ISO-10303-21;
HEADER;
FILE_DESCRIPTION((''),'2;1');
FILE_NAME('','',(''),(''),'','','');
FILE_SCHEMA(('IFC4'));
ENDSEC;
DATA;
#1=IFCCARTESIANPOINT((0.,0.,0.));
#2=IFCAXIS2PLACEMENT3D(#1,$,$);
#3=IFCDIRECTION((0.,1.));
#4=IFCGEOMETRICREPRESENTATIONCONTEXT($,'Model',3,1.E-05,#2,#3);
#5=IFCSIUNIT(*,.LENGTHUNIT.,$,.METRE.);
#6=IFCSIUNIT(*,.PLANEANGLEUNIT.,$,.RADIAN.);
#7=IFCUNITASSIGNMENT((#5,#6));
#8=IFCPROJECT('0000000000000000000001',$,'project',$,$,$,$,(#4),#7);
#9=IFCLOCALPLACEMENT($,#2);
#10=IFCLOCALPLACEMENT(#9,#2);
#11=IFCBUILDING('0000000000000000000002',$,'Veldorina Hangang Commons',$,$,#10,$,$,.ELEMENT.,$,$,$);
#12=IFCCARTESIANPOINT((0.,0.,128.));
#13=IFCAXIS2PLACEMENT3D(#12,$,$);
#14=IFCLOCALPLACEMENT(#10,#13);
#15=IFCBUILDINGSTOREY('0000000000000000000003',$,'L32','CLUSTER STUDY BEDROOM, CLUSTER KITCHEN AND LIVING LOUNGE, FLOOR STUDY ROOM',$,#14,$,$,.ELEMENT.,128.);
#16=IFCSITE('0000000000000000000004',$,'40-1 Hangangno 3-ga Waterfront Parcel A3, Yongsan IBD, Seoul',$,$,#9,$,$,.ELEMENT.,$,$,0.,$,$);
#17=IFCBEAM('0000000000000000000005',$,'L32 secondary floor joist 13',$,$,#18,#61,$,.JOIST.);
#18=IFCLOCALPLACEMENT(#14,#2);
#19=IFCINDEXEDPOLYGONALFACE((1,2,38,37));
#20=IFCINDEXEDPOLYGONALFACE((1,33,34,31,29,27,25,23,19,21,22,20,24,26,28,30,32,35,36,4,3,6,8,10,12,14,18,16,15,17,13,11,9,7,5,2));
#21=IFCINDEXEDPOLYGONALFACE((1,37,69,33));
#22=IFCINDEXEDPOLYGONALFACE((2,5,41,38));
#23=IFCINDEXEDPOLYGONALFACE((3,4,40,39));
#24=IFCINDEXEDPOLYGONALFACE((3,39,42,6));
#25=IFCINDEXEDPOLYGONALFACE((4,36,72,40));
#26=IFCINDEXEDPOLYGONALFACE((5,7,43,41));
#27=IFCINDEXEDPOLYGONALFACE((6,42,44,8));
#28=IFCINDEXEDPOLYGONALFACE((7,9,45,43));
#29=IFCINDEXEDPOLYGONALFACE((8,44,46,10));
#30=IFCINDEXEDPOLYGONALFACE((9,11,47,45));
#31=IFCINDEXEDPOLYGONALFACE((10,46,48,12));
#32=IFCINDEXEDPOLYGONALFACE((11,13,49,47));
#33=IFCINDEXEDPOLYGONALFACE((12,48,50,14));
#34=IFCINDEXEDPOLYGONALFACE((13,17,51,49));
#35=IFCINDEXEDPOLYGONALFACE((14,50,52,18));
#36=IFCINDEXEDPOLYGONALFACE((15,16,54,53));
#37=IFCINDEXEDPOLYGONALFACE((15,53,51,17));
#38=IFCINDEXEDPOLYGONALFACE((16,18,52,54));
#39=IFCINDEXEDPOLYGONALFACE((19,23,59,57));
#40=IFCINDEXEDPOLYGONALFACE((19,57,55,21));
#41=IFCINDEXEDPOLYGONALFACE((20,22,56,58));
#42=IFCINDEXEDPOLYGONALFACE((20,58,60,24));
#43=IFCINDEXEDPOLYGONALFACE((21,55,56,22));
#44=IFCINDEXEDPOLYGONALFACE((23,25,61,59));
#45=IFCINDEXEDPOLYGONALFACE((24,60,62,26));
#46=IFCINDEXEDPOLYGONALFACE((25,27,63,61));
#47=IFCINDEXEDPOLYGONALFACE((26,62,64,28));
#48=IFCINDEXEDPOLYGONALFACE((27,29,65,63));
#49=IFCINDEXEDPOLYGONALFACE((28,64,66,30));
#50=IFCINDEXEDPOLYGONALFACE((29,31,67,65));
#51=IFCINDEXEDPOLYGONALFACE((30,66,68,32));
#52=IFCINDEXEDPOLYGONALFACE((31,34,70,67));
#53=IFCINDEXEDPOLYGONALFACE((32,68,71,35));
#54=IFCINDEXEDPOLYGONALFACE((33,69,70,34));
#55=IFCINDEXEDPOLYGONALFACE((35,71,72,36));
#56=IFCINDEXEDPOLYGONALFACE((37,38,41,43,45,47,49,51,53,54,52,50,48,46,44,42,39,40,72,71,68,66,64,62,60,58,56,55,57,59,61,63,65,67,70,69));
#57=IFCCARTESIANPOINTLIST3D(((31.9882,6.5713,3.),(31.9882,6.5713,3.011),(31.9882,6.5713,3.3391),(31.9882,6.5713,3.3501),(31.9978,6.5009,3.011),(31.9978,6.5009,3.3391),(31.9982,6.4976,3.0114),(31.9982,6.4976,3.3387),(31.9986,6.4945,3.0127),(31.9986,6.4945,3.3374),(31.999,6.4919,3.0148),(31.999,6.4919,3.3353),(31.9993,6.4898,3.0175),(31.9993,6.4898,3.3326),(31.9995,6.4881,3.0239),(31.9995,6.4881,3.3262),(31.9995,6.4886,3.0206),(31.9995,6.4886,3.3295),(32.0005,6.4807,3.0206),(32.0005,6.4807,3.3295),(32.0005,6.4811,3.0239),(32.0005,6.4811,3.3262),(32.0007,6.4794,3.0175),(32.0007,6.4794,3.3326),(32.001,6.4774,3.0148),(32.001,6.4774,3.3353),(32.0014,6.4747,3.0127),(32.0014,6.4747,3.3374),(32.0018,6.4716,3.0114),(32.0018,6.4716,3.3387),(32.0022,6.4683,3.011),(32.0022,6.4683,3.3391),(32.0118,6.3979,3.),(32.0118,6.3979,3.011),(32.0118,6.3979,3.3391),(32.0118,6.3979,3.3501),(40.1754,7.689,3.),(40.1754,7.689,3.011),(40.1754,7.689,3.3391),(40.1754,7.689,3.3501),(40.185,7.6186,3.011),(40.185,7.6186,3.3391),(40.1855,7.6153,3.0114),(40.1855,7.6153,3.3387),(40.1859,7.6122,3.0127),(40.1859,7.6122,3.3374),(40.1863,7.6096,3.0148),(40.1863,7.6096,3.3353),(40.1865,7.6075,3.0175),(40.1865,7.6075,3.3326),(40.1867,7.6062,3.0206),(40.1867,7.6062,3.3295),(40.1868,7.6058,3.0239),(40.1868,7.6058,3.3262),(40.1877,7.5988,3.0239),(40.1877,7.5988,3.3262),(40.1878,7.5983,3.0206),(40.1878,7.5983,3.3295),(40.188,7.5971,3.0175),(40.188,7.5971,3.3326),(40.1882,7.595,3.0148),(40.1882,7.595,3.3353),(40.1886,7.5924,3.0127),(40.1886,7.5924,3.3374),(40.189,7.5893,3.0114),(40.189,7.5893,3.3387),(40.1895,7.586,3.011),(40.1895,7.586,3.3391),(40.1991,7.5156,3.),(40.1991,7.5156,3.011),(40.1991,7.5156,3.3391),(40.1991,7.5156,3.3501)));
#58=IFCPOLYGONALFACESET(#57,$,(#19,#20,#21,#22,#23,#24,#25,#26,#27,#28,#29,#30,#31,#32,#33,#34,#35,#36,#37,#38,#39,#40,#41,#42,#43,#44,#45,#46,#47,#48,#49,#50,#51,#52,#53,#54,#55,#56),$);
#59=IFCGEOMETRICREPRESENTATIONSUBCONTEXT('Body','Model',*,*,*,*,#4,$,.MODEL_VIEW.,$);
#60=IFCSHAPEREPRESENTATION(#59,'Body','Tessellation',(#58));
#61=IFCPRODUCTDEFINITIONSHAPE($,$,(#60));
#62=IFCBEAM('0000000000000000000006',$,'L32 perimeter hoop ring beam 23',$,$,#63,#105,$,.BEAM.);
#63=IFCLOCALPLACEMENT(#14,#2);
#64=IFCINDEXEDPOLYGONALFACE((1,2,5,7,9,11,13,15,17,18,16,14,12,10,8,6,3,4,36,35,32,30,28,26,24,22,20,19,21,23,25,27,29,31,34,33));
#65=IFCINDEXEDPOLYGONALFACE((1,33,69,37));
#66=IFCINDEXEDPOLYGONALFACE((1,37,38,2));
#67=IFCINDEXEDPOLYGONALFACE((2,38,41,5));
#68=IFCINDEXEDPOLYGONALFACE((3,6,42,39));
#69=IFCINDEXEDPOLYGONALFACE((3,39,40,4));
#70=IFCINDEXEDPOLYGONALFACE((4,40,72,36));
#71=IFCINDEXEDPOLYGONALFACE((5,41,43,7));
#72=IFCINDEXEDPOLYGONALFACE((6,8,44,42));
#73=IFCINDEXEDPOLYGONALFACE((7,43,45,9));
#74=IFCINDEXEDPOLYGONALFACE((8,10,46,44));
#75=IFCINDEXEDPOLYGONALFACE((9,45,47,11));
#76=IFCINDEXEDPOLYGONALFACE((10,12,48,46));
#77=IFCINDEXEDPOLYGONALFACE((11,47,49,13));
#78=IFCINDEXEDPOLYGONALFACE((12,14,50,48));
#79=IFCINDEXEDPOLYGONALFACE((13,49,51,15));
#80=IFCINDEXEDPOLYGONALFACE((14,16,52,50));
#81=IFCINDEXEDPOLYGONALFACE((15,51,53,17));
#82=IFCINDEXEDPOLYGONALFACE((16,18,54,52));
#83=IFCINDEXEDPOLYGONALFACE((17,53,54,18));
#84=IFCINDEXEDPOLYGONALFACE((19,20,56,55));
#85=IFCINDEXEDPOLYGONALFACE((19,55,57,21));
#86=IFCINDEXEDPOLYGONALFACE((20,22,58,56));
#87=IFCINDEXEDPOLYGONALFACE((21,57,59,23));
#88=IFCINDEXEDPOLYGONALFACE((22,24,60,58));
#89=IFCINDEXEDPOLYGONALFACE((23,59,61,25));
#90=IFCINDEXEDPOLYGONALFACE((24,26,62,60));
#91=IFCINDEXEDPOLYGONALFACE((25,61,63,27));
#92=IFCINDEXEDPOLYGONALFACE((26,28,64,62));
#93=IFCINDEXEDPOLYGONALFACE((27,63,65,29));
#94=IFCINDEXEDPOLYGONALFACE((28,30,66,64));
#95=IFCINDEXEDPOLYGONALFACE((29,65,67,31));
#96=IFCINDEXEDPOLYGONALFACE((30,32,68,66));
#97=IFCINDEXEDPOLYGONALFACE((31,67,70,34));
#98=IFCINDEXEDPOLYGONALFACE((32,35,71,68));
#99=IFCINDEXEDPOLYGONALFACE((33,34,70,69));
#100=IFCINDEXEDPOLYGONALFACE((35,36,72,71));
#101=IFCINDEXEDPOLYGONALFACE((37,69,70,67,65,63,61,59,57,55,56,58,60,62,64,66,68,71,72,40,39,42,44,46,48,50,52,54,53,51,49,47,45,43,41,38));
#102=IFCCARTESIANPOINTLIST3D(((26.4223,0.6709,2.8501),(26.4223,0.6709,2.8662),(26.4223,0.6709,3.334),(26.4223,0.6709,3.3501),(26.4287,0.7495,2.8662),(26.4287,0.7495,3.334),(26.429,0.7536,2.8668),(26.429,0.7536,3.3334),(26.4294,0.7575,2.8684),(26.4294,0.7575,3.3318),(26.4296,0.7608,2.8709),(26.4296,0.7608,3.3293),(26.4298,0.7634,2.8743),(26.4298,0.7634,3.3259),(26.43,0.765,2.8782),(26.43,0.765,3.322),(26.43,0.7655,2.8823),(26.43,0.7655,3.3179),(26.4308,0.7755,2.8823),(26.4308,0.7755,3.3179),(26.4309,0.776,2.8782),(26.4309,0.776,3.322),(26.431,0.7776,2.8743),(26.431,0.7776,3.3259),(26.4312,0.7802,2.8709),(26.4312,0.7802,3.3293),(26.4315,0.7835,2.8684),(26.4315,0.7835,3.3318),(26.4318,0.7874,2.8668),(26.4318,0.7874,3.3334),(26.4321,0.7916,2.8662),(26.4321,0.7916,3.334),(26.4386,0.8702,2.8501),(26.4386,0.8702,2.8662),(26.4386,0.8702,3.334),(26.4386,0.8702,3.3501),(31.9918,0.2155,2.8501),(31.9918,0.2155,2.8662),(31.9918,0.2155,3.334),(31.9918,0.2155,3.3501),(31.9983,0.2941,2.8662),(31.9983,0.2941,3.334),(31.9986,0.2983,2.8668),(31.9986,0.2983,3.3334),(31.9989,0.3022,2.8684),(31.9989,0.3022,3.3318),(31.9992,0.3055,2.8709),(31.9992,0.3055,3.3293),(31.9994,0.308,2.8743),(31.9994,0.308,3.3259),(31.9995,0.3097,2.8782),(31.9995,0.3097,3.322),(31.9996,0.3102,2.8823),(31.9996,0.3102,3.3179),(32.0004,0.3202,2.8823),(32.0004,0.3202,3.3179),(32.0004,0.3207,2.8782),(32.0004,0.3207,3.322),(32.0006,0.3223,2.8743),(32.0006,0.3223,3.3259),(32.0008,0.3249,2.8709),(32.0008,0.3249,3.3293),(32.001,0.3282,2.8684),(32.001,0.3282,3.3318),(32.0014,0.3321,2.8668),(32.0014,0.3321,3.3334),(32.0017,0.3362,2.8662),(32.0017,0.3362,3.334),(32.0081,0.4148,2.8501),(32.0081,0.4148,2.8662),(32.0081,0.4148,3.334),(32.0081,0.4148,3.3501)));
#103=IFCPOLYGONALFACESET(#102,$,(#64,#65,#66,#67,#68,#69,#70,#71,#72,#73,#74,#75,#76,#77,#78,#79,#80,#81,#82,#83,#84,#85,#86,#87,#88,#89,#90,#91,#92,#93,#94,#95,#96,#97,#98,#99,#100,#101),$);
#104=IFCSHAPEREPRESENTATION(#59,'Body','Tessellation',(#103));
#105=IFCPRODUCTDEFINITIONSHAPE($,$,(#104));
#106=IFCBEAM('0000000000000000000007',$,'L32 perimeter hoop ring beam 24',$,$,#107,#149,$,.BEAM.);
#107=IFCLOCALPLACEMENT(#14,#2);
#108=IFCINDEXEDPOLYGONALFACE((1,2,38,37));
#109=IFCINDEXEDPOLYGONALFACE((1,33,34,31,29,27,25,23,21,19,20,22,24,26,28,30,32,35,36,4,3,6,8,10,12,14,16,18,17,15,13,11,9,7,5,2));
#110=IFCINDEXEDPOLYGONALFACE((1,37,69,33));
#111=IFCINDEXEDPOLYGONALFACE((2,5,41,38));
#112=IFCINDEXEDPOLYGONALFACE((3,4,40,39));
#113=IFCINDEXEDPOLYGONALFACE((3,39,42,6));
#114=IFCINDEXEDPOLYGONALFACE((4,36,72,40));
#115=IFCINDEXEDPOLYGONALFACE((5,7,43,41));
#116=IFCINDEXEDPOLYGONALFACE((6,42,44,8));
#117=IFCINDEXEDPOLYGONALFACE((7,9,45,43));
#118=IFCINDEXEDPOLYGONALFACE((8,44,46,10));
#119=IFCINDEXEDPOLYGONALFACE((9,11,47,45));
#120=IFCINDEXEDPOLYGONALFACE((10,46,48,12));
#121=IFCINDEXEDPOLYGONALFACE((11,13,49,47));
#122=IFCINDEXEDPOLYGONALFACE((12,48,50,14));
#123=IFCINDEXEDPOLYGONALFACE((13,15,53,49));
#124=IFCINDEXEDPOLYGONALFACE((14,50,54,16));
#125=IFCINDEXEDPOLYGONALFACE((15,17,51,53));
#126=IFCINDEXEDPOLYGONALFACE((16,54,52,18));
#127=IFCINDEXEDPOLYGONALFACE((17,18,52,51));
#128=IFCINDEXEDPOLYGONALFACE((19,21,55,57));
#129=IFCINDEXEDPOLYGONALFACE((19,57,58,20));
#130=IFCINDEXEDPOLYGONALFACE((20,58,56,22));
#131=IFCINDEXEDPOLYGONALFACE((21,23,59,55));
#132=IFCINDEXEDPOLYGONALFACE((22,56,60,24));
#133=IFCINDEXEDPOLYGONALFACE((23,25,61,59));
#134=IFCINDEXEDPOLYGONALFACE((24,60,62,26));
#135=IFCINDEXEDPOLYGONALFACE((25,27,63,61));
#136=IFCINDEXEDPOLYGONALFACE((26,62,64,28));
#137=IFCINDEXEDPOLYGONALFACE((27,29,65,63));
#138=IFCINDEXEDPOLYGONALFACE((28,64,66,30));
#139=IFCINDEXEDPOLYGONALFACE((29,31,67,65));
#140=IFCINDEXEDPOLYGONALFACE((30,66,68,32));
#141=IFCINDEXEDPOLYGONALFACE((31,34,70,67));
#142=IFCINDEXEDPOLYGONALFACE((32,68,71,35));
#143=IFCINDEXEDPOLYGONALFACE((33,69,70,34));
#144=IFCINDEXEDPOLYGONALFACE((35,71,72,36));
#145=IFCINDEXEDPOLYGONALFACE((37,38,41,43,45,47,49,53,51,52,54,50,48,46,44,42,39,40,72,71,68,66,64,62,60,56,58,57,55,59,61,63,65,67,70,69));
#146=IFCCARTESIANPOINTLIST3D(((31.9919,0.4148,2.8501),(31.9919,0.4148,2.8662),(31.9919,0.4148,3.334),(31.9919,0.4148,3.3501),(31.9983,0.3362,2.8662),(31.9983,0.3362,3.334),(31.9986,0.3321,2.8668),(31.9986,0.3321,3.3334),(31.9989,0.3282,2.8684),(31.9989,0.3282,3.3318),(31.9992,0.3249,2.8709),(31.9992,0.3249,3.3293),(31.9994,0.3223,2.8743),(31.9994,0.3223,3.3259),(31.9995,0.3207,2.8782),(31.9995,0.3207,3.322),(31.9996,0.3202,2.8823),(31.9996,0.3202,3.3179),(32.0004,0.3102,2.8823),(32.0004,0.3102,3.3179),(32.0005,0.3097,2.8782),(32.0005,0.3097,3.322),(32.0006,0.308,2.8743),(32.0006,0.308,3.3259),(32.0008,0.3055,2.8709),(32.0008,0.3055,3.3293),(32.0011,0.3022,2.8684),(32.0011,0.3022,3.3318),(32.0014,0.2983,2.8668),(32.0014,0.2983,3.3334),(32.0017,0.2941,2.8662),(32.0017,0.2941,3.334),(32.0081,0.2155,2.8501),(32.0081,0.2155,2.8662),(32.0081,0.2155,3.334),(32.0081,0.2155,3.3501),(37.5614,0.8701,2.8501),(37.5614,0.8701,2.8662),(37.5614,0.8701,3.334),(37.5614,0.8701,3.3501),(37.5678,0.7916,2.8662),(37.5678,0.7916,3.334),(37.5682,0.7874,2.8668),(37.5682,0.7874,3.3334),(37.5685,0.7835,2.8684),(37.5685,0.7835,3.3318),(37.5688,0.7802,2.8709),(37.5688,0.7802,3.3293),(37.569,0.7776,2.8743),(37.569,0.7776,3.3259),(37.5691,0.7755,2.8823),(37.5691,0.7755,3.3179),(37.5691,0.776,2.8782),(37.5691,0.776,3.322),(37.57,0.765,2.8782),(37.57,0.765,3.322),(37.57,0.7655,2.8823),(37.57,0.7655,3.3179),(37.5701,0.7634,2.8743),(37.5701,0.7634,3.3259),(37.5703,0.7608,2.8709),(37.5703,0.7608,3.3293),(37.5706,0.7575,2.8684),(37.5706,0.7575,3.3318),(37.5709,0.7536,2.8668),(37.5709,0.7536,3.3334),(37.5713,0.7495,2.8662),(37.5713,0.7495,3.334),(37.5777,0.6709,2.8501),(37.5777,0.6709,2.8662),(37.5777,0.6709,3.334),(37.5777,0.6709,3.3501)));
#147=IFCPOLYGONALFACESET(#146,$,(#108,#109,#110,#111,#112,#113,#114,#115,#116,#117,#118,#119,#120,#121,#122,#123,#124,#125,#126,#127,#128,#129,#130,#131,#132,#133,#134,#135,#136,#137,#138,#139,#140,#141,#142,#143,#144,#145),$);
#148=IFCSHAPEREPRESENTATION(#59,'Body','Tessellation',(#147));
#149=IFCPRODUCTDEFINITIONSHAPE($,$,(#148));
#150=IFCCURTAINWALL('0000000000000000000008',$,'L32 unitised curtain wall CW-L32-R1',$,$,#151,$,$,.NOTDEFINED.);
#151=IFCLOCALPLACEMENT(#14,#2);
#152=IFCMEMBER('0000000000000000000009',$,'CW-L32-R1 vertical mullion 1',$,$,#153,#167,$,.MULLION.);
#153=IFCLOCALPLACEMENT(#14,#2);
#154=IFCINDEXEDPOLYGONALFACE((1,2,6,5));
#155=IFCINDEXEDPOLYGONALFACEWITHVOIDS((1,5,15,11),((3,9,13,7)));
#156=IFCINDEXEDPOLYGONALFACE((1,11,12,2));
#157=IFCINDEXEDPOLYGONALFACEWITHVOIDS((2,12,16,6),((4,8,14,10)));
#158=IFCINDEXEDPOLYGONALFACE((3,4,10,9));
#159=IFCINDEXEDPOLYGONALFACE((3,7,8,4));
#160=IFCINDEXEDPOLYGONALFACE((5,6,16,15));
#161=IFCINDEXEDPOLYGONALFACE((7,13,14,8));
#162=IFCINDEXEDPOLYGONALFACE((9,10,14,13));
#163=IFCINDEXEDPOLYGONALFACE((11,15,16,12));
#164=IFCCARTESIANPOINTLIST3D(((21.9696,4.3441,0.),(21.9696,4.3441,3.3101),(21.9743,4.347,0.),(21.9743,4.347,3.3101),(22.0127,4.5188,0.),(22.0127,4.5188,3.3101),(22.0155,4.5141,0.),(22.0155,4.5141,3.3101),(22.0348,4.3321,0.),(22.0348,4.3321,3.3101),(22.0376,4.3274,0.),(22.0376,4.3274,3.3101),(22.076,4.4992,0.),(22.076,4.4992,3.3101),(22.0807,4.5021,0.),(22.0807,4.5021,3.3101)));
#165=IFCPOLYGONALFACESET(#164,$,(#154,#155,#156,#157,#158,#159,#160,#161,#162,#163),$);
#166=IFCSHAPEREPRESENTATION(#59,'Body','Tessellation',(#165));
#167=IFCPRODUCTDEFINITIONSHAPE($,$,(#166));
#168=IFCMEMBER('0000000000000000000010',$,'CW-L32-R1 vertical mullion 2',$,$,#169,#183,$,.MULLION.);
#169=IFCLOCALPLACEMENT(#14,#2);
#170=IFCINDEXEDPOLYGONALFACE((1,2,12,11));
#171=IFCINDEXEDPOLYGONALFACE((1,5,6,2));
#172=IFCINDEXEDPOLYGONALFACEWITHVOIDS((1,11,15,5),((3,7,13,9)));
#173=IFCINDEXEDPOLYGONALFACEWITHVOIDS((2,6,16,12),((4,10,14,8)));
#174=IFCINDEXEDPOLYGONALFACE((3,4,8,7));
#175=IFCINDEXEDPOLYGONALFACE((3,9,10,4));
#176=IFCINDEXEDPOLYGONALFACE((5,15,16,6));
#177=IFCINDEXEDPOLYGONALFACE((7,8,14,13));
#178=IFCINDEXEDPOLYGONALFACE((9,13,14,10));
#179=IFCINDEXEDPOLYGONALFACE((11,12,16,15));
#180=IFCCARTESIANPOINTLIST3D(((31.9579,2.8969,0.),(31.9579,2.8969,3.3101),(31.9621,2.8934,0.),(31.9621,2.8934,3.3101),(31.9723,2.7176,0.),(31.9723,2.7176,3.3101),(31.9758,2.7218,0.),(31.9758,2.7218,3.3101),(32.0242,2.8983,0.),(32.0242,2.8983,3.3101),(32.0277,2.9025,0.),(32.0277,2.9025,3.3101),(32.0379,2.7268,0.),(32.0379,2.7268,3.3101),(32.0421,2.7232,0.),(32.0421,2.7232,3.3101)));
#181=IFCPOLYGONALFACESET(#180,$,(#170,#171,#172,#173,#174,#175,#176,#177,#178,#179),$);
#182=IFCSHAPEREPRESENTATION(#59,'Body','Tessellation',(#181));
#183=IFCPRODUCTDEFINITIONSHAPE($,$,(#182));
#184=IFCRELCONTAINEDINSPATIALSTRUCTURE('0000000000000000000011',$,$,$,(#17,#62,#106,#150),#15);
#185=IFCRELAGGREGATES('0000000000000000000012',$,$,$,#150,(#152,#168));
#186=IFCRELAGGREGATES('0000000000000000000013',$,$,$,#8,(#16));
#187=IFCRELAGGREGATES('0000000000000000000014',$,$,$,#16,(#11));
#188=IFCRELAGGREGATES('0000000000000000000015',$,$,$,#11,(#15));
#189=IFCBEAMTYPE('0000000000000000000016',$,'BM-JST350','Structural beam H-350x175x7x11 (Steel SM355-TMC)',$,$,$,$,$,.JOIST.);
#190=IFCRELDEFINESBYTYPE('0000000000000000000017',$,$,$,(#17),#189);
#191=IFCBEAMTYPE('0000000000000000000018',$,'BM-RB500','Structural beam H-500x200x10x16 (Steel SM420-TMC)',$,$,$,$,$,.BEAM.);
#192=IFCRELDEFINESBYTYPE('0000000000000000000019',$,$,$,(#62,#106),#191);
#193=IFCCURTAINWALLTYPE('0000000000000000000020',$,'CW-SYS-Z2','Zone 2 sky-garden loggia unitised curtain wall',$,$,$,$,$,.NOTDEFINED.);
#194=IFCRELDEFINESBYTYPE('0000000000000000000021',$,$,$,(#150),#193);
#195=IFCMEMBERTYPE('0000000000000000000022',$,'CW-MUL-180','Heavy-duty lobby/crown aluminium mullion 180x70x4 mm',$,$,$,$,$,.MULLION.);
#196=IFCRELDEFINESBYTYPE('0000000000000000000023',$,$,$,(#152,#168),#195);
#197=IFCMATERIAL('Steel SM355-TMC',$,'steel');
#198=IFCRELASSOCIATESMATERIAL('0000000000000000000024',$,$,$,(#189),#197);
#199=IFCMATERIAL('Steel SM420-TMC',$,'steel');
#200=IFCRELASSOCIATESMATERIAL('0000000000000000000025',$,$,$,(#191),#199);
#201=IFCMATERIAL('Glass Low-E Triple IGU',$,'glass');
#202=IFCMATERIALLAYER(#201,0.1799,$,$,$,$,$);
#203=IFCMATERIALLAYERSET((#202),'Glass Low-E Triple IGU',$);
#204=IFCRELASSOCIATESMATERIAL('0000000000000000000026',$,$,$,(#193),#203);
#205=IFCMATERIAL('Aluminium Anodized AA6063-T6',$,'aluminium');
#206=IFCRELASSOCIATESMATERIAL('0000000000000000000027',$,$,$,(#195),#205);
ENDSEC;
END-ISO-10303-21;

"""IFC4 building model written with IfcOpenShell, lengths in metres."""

from ifc_helpers import new_model, si_unit, direction, frame, origin, origin_2d, place, context, subcontext, project, spatial, hollow_rectangle, i_section, extrude, material, layer, layer_set, material_profile, profile_set, type_object, element, aggregate, save


model = new_model("IFC4")

# Units and contexts
model_context = context("Model", 3, precision=1e-05, world=origin(), true_north=direction((0.0, 1.0)))
body_context = subcontext(model_context, "Body", "Model", "MODEL_VIEW")
ifc_project = project(units=[si_unit("LENGTHUNIT", "METRE"), si_unit("PLANEANGLEUNIT", "RADIAN")], contexts=[model_context])

# Site, building, storey
site_placement = place(None, origin())
site = spatial("IfcSite", under=ifc_project, at=site_placement, Name="40-1 Hangangno 3-ga Waterfront Parcel A3, Yongsan IBD, Seoul", CompositionType="ELEMENT", RefElevation=0.0)
building_placement = place(site_placement, origin())
building = spatial("IfcBuilding", under=site, at=building_placement, Name="Veldorina Hangang Commons", CompositionType="ELEMENT")
storey_placement = place(building_placement, frame((0.0, 0.0, 128.0)))
storey = spatial("IfcBuildingStorey", under=building, at=storey_placement, Name="L32", Description="CLUSTER STUDY BEDROOM, CLUSTER KITCHEN AND LIVING LOUNGE, FLOOR STUDY ROOM", CompositionType="ELEMENT", Elevation=128.0)

# Beams
ifc_material_1 = material(Name="Steel SM355-TMC", Category="steel")
ifc_material_profile_1 = material_profile(ifc_material_1, i_section(OverallWidth=0.175, OverallDepth=0.3501, WebThickness=0.0071, FlangeThickness=0.011, FilletRadius=0.0129, at=origin_2d()), Name="H-350x175x7x11")
ifc_profile_set_1 = profile_set([ifc_material_profile_1], Name="Steel SM355-TMC")
beam_type_1 = type_object("IfcBeamType", Name="BM-JST350", Description="Structural beam H-350x175x7x11 (Steel SM355-TMC)", PredefinedType="JOIST", material=ifc_profile_set_1)
beam_placement = place(storey_placement, frame((32.0, 6.4846, 3.175), z_axis=(0.99081, 0.13526, 0.0), x_axis=(-0.13526, 0.99081, 0.0)))
element("IfcBeam", 1, at=beam_placement, inside=storey, type_object=beam_type_1, Name="L32 secondary floor joist 13", PredefinedType="JOIST", context=body_context, shape_type="SweptSolid", body=[
    extrude(i_section(OverallWidth=0.175, OverallDepth=0.3501, WebThickness=0.0071, FlangeThickness=0.011, FilletRadius=0.0129, at=origin_2d()), origin(), (0.0, 0.0, 1.0), 8.2632),
])
ifc_material_2 = material(Name="Steel SM420-TMC", Category="steel")
ifc_material_profile_2 = material_profile(ifc_material_2, i_section(OverallWidth=0.2, OverallDepth=0.5, WebThickness=0.01, FlangeThickness=0.0161, FilletRadius=0.0161, at=origin_2d()), Name="H-500x200x10x16")
ifc_profile_set_2 = profile_set([ifc_material_profile_2], Name="Steel SM420-TMC")
beam_type_2 = type_object("IfcBeamType", Name="BM-RB500", Description="Structural beam H-500x200x10x16 (Steel SM420-TMC)", PredefinedType="BEAM", material=ifc_profile_set_2)
for number, where, z_axis, x_axis, name in (
    (2, (26.4304, 0.7705, 3.1001), (0.996675, -0.08148, 0.0), (0.08148, 0.996675, 0.0), "L32 perimeter hoop ring beam 23"),
    (3, (32.0, 0.3152, 3.1001), (0.996675, 0.08148, 0.0), (-0.08148, 0.996675, 0.0), "L32 perimeter hoop ring beam 24"),
):
    element("IfcBeam", number, at=place(storey_placement, frame(where, z_axis=z_axis, x_axis=x_axis)), inside=storey, type_object=beam_type_2, Name=name, PredefinedType="BEAM", context=body_context, shape_type="SweptSolid", body=[
        extrude(i_section(OverallWidth=0.2, OverallDepth=0.5, WebThickness=0.01, FlangeThickness=0.0161, FilletRadius=0.0161, at=origin_2d()), origin(), (0.0, 0.0, 1.0), 5.5881),
    ])

# Curtain wall, members
ifc_material_3 = material(Name="Glass Low-E Triple IGU", Category="glass")
ifc_layer_1 = layer(ifc_material_3, 0.1799)
ifc_layer_set_1 = layer_set([ifc_layer_1], Name="Glass Low-E Triple IGU")
curtain_wall_type = type_object("IfcCurtainWallType", Name="CW-SYS-Z2", Description="Zone 2 sky-garden loggia unitised curtain wall", PredefinedType="NOTDEFINED", material=ifc_layer_set_1)
curtain_wall_placement = place(storey_placement, origin())
curtain_wall = element("IfcCurtainWall", 4, at=curtain_wall_placement, inside=storey, type_object=curtain_wall_type, Name="L32 unitised curtain wall CW-L32-R1", PredefinedType="NOTDEFINED")
ifc_material_4 = material(Name="Aluminium Anodized AA6063-T6", Category="aluminium")
ifc_material_profile_3 = material_profile(ifc_material_4, hollow_rectangle(XDim=0.0701, YDim=0.1799, WallThickness=0.0039, at=origin_2d()), Name="ALU-RHS-180x70x4")
ifc_profile_set_3 = profile_set([ifc_material_profile_3], Name="Aluminium Anodized AA6063-T6")
member_type_1 = type_object("IfcMemberType", Name="CW-MUL-180", Description="Heavy-duty lobby/crown aluminium mullion 180x70x4 mm", PredefinedType="MULLION", material=ifc_profile_set_3)
member_1_placement = place(storey_placement, frame((22.0251, 4.4231, 0.0), z_axis=(0.0, 0.0, 1.0), x_axis=(0.970913, -0.239432, 0.0)))
member_1 = element("IfcMember", 5, at=member_1_placement, type_object=member_type_1, Name="CW-L32-R1 vertical mullion 1", PredefinedType="MULLION", context=body_context, shape_type="SweptSolid", body=[
    extrude(hollow_rectangle(XDim=0.0701, YDim=0.1799, WallThickness=0.0039, at=origin_2d()), origin(), (0.0, 0.0, 1.0), 3.3101),
])
member_2_placement = place(storey_placement, frame((32.0, 2.8101, 0.0), z_axis=(0.0, 0.0, 1.0), x_axis=(0.99681, 0.079816, 0.0)))
member_2 = element("IfcMember", 6, at=member_2_placement, type_object=member_type_1, Name="CW-L32-R1 vertical mullion 2", PredefinedType="MULLION", context=body_context, shape_type="SweptSolid", body=[
    extrude(hollow_rectangle(XDim=0.0701, YDim=0.1799, WallThickness=0.0039, at=origin_2d()), origin(), (0.0, 0.0, 1.0), 3.3101),
])

aggregate(curtain_wall, [member_1, member_2])

save(model, "model.ifc")
